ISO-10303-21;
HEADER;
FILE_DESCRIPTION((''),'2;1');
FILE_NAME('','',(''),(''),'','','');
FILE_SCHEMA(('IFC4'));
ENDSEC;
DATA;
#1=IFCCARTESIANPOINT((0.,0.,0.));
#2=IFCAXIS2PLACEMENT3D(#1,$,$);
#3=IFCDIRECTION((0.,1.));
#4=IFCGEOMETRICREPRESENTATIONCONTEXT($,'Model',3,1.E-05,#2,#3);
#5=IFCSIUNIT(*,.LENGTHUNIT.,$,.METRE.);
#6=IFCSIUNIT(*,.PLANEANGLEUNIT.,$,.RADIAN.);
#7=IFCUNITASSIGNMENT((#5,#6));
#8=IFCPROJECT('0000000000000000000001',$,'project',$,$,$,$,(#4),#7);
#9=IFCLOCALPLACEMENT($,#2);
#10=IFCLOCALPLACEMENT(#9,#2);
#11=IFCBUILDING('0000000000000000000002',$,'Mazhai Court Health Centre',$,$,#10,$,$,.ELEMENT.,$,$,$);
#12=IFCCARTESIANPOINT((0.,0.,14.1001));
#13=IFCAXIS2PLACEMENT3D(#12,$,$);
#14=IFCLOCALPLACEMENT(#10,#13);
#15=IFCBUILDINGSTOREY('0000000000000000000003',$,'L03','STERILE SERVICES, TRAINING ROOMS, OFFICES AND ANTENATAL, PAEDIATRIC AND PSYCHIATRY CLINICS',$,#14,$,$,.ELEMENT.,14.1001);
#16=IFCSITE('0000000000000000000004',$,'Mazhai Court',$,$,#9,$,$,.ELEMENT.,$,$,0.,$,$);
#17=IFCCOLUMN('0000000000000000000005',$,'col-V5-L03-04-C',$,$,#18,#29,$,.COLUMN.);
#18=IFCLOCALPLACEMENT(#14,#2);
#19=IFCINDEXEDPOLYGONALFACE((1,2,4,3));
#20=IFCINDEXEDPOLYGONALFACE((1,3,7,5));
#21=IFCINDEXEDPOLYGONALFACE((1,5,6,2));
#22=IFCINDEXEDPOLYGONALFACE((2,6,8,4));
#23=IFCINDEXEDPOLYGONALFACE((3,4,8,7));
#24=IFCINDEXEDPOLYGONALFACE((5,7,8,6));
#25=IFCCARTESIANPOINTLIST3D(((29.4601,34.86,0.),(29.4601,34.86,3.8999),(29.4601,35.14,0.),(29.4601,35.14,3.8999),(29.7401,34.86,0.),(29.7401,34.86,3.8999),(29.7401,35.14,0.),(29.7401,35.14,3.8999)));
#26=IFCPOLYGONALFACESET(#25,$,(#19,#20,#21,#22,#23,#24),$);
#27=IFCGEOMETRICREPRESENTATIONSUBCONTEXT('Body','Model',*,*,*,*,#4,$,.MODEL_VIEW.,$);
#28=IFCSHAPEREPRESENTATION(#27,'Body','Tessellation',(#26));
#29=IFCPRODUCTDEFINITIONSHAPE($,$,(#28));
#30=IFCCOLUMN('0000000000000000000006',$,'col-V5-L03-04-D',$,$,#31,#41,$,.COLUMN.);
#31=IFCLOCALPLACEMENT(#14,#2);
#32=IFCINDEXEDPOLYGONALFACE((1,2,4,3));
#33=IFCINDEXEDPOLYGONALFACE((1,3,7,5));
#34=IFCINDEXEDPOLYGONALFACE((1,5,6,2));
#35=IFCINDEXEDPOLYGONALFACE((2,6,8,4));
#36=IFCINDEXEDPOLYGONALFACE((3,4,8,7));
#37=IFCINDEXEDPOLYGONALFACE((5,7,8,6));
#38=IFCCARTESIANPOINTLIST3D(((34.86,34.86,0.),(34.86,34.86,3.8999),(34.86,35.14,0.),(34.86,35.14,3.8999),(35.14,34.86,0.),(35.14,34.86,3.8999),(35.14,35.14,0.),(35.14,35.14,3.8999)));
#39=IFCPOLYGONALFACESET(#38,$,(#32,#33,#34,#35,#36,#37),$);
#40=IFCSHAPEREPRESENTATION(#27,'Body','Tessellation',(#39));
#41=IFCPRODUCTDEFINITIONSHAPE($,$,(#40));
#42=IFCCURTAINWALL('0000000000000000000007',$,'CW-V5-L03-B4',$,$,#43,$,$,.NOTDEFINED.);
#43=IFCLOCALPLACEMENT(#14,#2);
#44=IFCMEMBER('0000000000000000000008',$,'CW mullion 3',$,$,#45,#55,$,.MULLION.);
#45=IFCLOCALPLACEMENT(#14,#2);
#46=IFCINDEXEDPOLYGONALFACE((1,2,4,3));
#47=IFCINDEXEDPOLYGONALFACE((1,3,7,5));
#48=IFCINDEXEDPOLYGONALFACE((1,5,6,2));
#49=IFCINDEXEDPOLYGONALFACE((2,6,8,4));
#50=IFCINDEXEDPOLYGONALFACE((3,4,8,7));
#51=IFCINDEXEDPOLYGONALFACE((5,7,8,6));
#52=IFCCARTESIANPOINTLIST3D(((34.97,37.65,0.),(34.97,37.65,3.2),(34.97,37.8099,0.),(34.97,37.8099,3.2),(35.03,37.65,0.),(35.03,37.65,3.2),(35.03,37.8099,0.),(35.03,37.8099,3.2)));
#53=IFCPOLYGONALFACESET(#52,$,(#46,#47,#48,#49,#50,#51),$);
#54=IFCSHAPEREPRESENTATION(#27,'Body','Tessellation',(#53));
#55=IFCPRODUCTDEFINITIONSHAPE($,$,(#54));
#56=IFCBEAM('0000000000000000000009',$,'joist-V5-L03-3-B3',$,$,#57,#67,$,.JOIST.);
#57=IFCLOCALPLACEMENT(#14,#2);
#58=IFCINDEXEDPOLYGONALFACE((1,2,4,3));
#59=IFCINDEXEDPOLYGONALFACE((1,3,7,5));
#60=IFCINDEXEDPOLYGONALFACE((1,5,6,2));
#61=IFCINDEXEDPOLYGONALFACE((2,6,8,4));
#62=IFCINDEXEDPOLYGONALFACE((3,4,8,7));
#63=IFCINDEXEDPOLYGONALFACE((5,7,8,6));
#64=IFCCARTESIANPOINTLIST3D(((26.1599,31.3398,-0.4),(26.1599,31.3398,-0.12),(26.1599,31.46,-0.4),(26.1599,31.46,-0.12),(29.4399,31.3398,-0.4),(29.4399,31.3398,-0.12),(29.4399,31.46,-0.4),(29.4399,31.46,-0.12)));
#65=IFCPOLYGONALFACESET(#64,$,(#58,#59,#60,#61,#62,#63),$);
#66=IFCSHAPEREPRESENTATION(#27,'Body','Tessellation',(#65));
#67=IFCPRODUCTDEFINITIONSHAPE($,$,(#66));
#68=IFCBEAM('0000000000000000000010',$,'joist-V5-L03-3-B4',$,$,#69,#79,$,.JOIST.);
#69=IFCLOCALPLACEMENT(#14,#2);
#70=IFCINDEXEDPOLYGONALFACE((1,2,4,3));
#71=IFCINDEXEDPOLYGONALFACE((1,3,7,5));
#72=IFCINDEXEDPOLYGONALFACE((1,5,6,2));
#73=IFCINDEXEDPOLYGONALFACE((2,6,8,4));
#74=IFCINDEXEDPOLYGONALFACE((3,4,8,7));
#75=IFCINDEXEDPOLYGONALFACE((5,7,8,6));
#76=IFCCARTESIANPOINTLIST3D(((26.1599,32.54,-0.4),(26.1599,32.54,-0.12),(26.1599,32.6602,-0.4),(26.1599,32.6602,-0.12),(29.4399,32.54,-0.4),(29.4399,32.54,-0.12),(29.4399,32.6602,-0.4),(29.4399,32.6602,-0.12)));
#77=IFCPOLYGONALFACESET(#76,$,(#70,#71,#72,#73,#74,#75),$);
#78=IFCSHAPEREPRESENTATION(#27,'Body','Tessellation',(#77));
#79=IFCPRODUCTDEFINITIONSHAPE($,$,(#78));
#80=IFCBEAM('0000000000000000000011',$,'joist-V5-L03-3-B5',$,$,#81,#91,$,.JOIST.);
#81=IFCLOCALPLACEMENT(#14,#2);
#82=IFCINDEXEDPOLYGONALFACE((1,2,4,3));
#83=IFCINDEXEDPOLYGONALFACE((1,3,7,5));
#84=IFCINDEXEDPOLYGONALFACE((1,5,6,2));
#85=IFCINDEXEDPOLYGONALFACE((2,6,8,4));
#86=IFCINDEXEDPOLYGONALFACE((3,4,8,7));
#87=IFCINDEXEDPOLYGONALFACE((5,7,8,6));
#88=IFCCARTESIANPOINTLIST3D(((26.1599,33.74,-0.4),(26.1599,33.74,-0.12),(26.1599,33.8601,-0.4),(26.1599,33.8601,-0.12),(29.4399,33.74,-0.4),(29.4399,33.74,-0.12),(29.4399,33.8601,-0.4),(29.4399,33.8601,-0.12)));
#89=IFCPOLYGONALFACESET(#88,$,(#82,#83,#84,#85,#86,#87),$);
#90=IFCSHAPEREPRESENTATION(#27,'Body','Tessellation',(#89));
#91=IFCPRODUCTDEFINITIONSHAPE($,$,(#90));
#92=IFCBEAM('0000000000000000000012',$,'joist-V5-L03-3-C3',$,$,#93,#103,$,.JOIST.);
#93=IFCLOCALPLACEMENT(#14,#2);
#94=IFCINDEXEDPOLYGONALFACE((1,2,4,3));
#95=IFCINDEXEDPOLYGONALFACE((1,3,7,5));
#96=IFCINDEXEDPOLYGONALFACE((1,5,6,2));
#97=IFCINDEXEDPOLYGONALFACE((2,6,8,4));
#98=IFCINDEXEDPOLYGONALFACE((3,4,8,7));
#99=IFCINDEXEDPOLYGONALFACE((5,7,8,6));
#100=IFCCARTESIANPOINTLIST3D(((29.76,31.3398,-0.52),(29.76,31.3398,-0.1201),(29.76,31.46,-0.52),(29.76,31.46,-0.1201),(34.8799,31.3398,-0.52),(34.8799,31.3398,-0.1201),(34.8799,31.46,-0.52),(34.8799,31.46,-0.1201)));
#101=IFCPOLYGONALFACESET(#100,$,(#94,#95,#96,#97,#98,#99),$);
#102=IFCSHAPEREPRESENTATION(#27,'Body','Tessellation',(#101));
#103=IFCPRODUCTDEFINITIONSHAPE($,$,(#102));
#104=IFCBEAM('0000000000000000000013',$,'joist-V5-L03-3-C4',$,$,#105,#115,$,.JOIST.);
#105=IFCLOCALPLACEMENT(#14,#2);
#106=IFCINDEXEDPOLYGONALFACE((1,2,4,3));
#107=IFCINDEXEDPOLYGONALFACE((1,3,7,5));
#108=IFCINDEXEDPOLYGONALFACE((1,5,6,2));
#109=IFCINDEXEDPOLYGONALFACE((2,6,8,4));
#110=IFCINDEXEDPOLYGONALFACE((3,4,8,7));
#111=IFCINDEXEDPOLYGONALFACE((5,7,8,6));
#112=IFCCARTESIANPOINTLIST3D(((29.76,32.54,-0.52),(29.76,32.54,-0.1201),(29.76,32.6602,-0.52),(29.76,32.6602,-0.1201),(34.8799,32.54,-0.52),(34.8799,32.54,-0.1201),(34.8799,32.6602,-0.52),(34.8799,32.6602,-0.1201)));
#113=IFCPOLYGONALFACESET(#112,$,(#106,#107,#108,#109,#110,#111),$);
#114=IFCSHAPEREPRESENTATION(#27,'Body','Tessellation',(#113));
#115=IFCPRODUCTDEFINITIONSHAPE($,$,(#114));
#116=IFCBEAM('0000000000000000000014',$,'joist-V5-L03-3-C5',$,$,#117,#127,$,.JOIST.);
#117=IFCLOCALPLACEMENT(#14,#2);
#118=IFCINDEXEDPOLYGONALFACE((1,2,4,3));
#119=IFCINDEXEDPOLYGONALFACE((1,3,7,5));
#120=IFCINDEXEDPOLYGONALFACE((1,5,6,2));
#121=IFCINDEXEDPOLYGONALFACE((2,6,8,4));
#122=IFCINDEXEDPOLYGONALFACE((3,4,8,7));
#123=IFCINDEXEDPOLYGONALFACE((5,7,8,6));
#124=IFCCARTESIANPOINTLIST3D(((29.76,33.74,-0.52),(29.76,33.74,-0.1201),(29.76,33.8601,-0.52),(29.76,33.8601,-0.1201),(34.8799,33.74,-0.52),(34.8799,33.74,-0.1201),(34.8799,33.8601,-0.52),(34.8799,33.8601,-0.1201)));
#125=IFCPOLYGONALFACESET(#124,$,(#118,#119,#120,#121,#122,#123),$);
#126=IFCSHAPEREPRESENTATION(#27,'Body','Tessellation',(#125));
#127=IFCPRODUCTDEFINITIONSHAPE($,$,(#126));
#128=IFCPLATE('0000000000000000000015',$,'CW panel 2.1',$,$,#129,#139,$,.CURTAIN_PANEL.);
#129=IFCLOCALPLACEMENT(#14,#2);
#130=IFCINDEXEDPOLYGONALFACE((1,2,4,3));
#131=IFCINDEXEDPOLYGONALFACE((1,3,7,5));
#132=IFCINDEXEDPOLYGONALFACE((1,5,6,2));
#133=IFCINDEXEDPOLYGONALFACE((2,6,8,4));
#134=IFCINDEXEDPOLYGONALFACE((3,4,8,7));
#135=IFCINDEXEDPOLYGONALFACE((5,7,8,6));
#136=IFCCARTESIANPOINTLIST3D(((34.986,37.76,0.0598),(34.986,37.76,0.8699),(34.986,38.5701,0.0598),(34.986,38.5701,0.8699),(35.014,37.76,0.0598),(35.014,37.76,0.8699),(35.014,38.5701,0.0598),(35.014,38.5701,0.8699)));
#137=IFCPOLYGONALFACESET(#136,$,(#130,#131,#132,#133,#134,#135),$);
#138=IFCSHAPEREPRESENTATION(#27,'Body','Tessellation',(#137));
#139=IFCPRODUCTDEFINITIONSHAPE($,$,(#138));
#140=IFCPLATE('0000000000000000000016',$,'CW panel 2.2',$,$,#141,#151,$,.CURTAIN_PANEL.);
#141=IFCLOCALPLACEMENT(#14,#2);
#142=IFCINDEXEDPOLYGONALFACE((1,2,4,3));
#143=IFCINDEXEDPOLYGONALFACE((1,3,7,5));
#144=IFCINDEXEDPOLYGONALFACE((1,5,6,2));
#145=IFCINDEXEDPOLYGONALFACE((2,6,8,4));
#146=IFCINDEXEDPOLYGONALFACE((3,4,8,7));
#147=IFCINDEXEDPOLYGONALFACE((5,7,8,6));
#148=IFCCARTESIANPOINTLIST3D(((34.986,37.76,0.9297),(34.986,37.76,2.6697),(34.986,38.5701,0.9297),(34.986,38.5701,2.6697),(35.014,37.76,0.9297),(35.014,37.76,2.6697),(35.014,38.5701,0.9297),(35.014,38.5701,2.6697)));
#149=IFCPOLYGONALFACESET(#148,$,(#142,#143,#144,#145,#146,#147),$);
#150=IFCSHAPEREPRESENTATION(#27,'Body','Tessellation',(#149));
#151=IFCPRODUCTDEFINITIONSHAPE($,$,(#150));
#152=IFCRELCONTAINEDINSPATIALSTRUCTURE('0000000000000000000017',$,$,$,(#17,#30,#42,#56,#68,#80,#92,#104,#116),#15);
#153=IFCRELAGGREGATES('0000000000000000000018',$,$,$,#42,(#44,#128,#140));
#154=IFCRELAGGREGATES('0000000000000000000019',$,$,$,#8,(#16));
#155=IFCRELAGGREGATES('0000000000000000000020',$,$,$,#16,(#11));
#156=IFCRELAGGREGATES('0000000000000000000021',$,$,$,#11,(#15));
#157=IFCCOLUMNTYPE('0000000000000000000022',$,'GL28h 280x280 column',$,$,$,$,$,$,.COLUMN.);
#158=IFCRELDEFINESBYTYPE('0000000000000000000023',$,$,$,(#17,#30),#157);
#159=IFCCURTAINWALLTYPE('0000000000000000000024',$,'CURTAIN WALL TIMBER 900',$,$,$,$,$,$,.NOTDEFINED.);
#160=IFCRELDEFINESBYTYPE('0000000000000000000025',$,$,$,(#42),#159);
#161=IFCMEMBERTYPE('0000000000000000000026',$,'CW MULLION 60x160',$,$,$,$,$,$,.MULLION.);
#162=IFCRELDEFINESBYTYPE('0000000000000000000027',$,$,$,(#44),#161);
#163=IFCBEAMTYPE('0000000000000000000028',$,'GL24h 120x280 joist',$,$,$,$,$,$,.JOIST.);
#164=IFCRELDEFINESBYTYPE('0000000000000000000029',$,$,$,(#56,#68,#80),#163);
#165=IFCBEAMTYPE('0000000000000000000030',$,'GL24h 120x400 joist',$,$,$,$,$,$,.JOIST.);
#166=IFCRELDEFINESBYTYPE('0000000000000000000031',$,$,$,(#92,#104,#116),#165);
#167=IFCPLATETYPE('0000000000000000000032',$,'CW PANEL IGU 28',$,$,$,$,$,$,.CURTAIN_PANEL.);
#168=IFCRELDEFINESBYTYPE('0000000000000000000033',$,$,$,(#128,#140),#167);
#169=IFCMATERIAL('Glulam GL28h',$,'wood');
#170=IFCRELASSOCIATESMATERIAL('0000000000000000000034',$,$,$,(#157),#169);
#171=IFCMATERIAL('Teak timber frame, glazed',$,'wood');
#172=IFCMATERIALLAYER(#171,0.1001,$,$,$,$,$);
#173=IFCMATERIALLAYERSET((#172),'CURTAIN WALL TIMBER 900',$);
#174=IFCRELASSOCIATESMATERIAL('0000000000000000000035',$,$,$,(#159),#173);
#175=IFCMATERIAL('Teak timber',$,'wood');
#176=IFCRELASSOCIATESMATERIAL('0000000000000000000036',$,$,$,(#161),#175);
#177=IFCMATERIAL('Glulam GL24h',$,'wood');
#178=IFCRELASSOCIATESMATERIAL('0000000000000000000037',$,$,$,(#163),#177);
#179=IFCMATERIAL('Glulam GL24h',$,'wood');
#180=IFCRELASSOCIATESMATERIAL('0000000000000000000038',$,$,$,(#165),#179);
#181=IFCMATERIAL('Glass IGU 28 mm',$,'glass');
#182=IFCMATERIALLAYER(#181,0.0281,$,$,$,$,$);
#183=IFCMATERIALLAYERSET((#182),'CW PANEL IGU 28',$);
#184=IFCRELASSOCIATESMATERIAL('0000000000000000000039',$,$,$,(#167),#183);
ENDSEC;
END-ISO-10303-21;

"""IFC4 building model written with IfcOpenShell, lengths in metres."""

from ifc_helpers import new_model, si_unit, direction, frame, origin, origin_2d, place, context, subcontext, project, spatial, rectangle, extrude, material, layer, layer_set, material_profile, profile_set, type_object, element, aggregate, save


model = new_model("IFC4")

# Units and contexts
model_context = context("Model", 3, precision=1e-05, world=origin(), true_north=direction((0.0, 1.0)))
body_context = subcontext(model_context, "Body", "Model", "MODEL_VIEW")
ifc_project = project(units=[si_unit("LENGTHUNIT", "METRE"), si_unit("PLANEANGLEUNIT", "RADIAN")], contexts=[model_context])

# Site, building, storey
site_placement = place(None, origin())
site = spatial("IfcSite", under=ifc_project, at=site_placement, Name="Mazhai Court", CompositionType="ELEMENT", RefElevation=0.0)
building_placement = place(site_placement, origin())
building = spatial("IfcBuilding", under=site, at=building_placement, Name="Mazhai Court Health Centre", CompositionType="ELEMENT")
storey_placement = place(building_placement, frame((0.0, 0.0, 14.1001)))
storey = spatial("IfcBuildingStorey", under=building, at=storey_placement, Name="L03", Description="STERILE SERVICES, TRAINING ROOMS, OFFICES AND ANTENATAL, PAEDIATRIC AND PSYCHIATRY CLINICS", CompositionType="ELEMENT", Elevation=14.1001)

# Columns
ifc_material_1 = material(Name="Glulam GL28h", Category="wood")
ifc_material_profile_1 = material_profile(ifc_material_1, rectangle(XDim=0.28, YDim=0.28, at=origin_2d()), Name="GL28h 280x280")
ifc_profile_set_1 = profile_set([ifc_material_profile_1], Name="Glulam GL28h")
column_type = type_object("IfcColumnType", Name="GL28h 280x280 column", PredefinedType="COLUMN", material=ifc_profile_set_1)
for number, where, z_axis, x_axis, name in (
    (1, (29.6001, 35.0, 0.0), (0.0, 0.0, 1.0), (1.0, 0.0, 0.0), "col-V5-L03-04-C"),
    (2, (35.0, 35.0, 0.0), (0.0, 0.0, 1.0), (1.0, 0.0, 0.0), "col-V5-L03-04-D"),
):
    element("IfcColumn", number, at=place(storey_placement, frame(where, z_axis=z_axis, x_axis=x_axis)), inside=storey, type_object=column_type, Name=name, PredefinedType="COLUMN", context=body_context, shape_type="SweptSolid", body=[
        extrude(rectangle(XDim=0.28, YDim=0.28, at=origin_2d()), origin(), (0.0, 0.0, 1.0), 3.8999),
    ])

# Curtain wall, member
ifc_material_2 = material(Name="Teak timber frame, glazed", Category="wood")
ifc_layer_1 = layer(ifc_material_2, 0.1001)
ifc_layer_set_1 = layer_set([ifc_layer_1], Name="CURTAIN WALL TIMBER 900")
curtain_wall_type = type_object("IfcCurtainWallType", Name="CURTAIN WALL TIMBER 900", PredefinedType="NOTDEFINED", material=ifc_layer_set_1)
curtain_wall_placement = place(storey_placement, origin())
curtain_wall = element("IfcCurtainWall", 3, at=curtain_wall_placement, inside=storey, type_object=curtain_wall_type, Name="CW-V5-L03-B4", PredefinedType="NOTDEFINED")
ifc_material_3 = material(Name="Teak timber", Category="wood")
ifc_material_profile_2 = material_profile(ifc_material_3, rectangle(XDim=0.0601, YDim=0.1599, at=origin_2d()), Name="CW MULLION 60x160")
ifc_profile_set_2 = profile_set([ifc_material_profile_2], Name="Teak timber")
member_type = type_object("IfcMemberType", Name="CW MULLION 60x160", PredefinedType="MULLION", material=ifc_profile_set_2)
member_placement = place(storey_placement, frame((35.0, 37.73, 0.0), z_axis=(0.0, 0.0, 1.0), x_axis=(1.0, 0.0, 0.0)))
member = element("IfcMember", 4, at=member_placement, type_object=member_type, Name="CW mullion 3", PredefinedType="MULLION", context=body_context, shape_type="SweptSolid", body=[
    extrude(rectangle(XDim=0.0601, YDim=0.1599, at=origin_2d()), origin(), (0.0, 0.0, 1.0), 3.2),
])

# Beams
ifc_material_4 = material(Name="Glulam GL24h", Category="wood")
ifc_material_profile_3 = material_profile(ifc_material_4, rectangle(XDim=0.1201, YDim=0.28, at=origin_2d()), Name="GL24h 120x280")
ifc_profile_set_3 = profile_set([ifc_material_profile_3], Name="Glulam GL24h")
beam_type_1 = type_object("IfcBeamType", Name="GL24h 120x280 joist", PredefinedType="JOIST", material=ifc_profile_set_3)
for number, where, z_axis, x_axis, name in (
    (5, (26.1599, 31.3999, -0.26), (1.0, 0.0, 0.0), (0.0, 1.0, 0.0), "joist-V5-L03-3-B3"),
    (6, (26.1599, 32.6001, -0.26), (1.0, 0.0, 0.0), (0.0, 1.0, 0.0), "joist-V5-L03-3-B4"),
    (7, (26.1599, 33.8, -0.26), (1.0, 0.0, 0.0), (0.0, 1.0, 0.0), "joist-V5-L03-3-B5"),
):
    element("IfcBeam", number, at=place(storey_placement, frame(where, z_axis=z_axis, x_axis=x_axis)), inside=storey, type_object=beam_type_1, Name=name, PredefinedType="JOIST", context=body_context, shape_type="SweptSolid", body=[
        extrude(rectangle(XDim=0.1201, YDim=0.28, at=origin_2d()), origin(), (0.0, 0.0, 1.0), 3.28),
    ])
ifc_material_5 = material(Name="Glulam GL24h", Category="wood")
ifc_material_profile_4 = material_profile(ifc_material_5, rectangle(XDim=0.1201, YDim=0.3999, at=origin_2d()), Name="GL24h 120x400")
ifc_profile_set_4 = profile_set([ifc_material_profile_4], Name="Glulam GL24h")
beam_type_2 = type_object("IfcBeamType", Name="GL24h 120x400 joist", PredefinedType="JOIST", material=ifc_profile_set_4)
for number, where, z_axis, x_axis, name in (
    (8, (29.76, 31.3999, -0.3201), (1.0, 0.0, 0.0), (0.0, 1.0, 0.0), "joist-V5-L03-3-C3"),
    (9, (29.76, 32.6001, -0.3201), (1.0, 0.0, 0.0), (0.0, 1.0, 0.0), "joist-V5-L03-3-C4"),
    (10, (29.76, 33.8, -0.3201), (1.0, 0.0, 0.0), (0.0, 1.0, 0.0), "joist-V5-L03-3-C5"),
):
    element("IfcBeam", number, at=place(storey_placement, frame(where, z_axis=z_axis, x_axis=x_axis)), inside=storey, type_object=beam_type_2, Name=name, PredefinedType="JOIST", context=body_context, shape_type="SweptSolid", body=[
        extrude(rectangle(XDim=0.1201, YDim=0.3999, at=origin_2d()), origin(), (0.0, 0.0, 1.0), 5.1199),
    ])

# Plates
ifc_material_6 = material(Name="Glass IGU 28 mm", Category="glass")
ifc_layer_2 = layer(ifc_material_6, 0.0281)
ifc_layer_set_2 = layer_set([ifc_layer_2], Name="CW PANEL IGU 28")
plate_type = type_object("IfcPlateType", Name="CW PANEL IGU 28", PredefinedType="CURTAIN_PANEL", material=ifc_layer_set_2)
plate_1_placement = place(storey_placement, frame((35.0, 38.165, 0.0598), z_axis=(0.0, 0.0, 1.0), x_axis=(0.0, -1.0, 0.0)))
plate_1 = element("IfcPlate", 11, at=plate_1_placement, type_object=plate_type, Name="CW panel 2.1", PredefinedType="CURTAIN_PANEL", context=body_context, shape_type="SweptSolid", body=[
    extrude(rectangle(XDim=0.8101, YDim=0.0281, at=origin_2d()), origin(), (0.0, 0.0, 1.0), 0.8101),
])
plate_2_placement = place(storey_placement, frame((35.0, 38.165, 0.9297), z_axis=(0.0, 0.0, 1.0), x_axis=(0.0, -1.0, 0.0)))
plate_2 = element("IfcPlate", 12, at=plate_2_placement, type_object=plate_type, Name="CW panel 2.2", PredefinedType="CURTAIN_PANEL", context=body_context, shape_type="SweptSolid", body=[
    extrude(rectangle(XDim=0.8101, YDim=0.0281, at=origin_2d()), origin(), (0.0, 0.0, 1.0), 1.74),
])
aggregate(curtain_wall, [member, plate_1, plate_2])

save(model, "model.ifc")
